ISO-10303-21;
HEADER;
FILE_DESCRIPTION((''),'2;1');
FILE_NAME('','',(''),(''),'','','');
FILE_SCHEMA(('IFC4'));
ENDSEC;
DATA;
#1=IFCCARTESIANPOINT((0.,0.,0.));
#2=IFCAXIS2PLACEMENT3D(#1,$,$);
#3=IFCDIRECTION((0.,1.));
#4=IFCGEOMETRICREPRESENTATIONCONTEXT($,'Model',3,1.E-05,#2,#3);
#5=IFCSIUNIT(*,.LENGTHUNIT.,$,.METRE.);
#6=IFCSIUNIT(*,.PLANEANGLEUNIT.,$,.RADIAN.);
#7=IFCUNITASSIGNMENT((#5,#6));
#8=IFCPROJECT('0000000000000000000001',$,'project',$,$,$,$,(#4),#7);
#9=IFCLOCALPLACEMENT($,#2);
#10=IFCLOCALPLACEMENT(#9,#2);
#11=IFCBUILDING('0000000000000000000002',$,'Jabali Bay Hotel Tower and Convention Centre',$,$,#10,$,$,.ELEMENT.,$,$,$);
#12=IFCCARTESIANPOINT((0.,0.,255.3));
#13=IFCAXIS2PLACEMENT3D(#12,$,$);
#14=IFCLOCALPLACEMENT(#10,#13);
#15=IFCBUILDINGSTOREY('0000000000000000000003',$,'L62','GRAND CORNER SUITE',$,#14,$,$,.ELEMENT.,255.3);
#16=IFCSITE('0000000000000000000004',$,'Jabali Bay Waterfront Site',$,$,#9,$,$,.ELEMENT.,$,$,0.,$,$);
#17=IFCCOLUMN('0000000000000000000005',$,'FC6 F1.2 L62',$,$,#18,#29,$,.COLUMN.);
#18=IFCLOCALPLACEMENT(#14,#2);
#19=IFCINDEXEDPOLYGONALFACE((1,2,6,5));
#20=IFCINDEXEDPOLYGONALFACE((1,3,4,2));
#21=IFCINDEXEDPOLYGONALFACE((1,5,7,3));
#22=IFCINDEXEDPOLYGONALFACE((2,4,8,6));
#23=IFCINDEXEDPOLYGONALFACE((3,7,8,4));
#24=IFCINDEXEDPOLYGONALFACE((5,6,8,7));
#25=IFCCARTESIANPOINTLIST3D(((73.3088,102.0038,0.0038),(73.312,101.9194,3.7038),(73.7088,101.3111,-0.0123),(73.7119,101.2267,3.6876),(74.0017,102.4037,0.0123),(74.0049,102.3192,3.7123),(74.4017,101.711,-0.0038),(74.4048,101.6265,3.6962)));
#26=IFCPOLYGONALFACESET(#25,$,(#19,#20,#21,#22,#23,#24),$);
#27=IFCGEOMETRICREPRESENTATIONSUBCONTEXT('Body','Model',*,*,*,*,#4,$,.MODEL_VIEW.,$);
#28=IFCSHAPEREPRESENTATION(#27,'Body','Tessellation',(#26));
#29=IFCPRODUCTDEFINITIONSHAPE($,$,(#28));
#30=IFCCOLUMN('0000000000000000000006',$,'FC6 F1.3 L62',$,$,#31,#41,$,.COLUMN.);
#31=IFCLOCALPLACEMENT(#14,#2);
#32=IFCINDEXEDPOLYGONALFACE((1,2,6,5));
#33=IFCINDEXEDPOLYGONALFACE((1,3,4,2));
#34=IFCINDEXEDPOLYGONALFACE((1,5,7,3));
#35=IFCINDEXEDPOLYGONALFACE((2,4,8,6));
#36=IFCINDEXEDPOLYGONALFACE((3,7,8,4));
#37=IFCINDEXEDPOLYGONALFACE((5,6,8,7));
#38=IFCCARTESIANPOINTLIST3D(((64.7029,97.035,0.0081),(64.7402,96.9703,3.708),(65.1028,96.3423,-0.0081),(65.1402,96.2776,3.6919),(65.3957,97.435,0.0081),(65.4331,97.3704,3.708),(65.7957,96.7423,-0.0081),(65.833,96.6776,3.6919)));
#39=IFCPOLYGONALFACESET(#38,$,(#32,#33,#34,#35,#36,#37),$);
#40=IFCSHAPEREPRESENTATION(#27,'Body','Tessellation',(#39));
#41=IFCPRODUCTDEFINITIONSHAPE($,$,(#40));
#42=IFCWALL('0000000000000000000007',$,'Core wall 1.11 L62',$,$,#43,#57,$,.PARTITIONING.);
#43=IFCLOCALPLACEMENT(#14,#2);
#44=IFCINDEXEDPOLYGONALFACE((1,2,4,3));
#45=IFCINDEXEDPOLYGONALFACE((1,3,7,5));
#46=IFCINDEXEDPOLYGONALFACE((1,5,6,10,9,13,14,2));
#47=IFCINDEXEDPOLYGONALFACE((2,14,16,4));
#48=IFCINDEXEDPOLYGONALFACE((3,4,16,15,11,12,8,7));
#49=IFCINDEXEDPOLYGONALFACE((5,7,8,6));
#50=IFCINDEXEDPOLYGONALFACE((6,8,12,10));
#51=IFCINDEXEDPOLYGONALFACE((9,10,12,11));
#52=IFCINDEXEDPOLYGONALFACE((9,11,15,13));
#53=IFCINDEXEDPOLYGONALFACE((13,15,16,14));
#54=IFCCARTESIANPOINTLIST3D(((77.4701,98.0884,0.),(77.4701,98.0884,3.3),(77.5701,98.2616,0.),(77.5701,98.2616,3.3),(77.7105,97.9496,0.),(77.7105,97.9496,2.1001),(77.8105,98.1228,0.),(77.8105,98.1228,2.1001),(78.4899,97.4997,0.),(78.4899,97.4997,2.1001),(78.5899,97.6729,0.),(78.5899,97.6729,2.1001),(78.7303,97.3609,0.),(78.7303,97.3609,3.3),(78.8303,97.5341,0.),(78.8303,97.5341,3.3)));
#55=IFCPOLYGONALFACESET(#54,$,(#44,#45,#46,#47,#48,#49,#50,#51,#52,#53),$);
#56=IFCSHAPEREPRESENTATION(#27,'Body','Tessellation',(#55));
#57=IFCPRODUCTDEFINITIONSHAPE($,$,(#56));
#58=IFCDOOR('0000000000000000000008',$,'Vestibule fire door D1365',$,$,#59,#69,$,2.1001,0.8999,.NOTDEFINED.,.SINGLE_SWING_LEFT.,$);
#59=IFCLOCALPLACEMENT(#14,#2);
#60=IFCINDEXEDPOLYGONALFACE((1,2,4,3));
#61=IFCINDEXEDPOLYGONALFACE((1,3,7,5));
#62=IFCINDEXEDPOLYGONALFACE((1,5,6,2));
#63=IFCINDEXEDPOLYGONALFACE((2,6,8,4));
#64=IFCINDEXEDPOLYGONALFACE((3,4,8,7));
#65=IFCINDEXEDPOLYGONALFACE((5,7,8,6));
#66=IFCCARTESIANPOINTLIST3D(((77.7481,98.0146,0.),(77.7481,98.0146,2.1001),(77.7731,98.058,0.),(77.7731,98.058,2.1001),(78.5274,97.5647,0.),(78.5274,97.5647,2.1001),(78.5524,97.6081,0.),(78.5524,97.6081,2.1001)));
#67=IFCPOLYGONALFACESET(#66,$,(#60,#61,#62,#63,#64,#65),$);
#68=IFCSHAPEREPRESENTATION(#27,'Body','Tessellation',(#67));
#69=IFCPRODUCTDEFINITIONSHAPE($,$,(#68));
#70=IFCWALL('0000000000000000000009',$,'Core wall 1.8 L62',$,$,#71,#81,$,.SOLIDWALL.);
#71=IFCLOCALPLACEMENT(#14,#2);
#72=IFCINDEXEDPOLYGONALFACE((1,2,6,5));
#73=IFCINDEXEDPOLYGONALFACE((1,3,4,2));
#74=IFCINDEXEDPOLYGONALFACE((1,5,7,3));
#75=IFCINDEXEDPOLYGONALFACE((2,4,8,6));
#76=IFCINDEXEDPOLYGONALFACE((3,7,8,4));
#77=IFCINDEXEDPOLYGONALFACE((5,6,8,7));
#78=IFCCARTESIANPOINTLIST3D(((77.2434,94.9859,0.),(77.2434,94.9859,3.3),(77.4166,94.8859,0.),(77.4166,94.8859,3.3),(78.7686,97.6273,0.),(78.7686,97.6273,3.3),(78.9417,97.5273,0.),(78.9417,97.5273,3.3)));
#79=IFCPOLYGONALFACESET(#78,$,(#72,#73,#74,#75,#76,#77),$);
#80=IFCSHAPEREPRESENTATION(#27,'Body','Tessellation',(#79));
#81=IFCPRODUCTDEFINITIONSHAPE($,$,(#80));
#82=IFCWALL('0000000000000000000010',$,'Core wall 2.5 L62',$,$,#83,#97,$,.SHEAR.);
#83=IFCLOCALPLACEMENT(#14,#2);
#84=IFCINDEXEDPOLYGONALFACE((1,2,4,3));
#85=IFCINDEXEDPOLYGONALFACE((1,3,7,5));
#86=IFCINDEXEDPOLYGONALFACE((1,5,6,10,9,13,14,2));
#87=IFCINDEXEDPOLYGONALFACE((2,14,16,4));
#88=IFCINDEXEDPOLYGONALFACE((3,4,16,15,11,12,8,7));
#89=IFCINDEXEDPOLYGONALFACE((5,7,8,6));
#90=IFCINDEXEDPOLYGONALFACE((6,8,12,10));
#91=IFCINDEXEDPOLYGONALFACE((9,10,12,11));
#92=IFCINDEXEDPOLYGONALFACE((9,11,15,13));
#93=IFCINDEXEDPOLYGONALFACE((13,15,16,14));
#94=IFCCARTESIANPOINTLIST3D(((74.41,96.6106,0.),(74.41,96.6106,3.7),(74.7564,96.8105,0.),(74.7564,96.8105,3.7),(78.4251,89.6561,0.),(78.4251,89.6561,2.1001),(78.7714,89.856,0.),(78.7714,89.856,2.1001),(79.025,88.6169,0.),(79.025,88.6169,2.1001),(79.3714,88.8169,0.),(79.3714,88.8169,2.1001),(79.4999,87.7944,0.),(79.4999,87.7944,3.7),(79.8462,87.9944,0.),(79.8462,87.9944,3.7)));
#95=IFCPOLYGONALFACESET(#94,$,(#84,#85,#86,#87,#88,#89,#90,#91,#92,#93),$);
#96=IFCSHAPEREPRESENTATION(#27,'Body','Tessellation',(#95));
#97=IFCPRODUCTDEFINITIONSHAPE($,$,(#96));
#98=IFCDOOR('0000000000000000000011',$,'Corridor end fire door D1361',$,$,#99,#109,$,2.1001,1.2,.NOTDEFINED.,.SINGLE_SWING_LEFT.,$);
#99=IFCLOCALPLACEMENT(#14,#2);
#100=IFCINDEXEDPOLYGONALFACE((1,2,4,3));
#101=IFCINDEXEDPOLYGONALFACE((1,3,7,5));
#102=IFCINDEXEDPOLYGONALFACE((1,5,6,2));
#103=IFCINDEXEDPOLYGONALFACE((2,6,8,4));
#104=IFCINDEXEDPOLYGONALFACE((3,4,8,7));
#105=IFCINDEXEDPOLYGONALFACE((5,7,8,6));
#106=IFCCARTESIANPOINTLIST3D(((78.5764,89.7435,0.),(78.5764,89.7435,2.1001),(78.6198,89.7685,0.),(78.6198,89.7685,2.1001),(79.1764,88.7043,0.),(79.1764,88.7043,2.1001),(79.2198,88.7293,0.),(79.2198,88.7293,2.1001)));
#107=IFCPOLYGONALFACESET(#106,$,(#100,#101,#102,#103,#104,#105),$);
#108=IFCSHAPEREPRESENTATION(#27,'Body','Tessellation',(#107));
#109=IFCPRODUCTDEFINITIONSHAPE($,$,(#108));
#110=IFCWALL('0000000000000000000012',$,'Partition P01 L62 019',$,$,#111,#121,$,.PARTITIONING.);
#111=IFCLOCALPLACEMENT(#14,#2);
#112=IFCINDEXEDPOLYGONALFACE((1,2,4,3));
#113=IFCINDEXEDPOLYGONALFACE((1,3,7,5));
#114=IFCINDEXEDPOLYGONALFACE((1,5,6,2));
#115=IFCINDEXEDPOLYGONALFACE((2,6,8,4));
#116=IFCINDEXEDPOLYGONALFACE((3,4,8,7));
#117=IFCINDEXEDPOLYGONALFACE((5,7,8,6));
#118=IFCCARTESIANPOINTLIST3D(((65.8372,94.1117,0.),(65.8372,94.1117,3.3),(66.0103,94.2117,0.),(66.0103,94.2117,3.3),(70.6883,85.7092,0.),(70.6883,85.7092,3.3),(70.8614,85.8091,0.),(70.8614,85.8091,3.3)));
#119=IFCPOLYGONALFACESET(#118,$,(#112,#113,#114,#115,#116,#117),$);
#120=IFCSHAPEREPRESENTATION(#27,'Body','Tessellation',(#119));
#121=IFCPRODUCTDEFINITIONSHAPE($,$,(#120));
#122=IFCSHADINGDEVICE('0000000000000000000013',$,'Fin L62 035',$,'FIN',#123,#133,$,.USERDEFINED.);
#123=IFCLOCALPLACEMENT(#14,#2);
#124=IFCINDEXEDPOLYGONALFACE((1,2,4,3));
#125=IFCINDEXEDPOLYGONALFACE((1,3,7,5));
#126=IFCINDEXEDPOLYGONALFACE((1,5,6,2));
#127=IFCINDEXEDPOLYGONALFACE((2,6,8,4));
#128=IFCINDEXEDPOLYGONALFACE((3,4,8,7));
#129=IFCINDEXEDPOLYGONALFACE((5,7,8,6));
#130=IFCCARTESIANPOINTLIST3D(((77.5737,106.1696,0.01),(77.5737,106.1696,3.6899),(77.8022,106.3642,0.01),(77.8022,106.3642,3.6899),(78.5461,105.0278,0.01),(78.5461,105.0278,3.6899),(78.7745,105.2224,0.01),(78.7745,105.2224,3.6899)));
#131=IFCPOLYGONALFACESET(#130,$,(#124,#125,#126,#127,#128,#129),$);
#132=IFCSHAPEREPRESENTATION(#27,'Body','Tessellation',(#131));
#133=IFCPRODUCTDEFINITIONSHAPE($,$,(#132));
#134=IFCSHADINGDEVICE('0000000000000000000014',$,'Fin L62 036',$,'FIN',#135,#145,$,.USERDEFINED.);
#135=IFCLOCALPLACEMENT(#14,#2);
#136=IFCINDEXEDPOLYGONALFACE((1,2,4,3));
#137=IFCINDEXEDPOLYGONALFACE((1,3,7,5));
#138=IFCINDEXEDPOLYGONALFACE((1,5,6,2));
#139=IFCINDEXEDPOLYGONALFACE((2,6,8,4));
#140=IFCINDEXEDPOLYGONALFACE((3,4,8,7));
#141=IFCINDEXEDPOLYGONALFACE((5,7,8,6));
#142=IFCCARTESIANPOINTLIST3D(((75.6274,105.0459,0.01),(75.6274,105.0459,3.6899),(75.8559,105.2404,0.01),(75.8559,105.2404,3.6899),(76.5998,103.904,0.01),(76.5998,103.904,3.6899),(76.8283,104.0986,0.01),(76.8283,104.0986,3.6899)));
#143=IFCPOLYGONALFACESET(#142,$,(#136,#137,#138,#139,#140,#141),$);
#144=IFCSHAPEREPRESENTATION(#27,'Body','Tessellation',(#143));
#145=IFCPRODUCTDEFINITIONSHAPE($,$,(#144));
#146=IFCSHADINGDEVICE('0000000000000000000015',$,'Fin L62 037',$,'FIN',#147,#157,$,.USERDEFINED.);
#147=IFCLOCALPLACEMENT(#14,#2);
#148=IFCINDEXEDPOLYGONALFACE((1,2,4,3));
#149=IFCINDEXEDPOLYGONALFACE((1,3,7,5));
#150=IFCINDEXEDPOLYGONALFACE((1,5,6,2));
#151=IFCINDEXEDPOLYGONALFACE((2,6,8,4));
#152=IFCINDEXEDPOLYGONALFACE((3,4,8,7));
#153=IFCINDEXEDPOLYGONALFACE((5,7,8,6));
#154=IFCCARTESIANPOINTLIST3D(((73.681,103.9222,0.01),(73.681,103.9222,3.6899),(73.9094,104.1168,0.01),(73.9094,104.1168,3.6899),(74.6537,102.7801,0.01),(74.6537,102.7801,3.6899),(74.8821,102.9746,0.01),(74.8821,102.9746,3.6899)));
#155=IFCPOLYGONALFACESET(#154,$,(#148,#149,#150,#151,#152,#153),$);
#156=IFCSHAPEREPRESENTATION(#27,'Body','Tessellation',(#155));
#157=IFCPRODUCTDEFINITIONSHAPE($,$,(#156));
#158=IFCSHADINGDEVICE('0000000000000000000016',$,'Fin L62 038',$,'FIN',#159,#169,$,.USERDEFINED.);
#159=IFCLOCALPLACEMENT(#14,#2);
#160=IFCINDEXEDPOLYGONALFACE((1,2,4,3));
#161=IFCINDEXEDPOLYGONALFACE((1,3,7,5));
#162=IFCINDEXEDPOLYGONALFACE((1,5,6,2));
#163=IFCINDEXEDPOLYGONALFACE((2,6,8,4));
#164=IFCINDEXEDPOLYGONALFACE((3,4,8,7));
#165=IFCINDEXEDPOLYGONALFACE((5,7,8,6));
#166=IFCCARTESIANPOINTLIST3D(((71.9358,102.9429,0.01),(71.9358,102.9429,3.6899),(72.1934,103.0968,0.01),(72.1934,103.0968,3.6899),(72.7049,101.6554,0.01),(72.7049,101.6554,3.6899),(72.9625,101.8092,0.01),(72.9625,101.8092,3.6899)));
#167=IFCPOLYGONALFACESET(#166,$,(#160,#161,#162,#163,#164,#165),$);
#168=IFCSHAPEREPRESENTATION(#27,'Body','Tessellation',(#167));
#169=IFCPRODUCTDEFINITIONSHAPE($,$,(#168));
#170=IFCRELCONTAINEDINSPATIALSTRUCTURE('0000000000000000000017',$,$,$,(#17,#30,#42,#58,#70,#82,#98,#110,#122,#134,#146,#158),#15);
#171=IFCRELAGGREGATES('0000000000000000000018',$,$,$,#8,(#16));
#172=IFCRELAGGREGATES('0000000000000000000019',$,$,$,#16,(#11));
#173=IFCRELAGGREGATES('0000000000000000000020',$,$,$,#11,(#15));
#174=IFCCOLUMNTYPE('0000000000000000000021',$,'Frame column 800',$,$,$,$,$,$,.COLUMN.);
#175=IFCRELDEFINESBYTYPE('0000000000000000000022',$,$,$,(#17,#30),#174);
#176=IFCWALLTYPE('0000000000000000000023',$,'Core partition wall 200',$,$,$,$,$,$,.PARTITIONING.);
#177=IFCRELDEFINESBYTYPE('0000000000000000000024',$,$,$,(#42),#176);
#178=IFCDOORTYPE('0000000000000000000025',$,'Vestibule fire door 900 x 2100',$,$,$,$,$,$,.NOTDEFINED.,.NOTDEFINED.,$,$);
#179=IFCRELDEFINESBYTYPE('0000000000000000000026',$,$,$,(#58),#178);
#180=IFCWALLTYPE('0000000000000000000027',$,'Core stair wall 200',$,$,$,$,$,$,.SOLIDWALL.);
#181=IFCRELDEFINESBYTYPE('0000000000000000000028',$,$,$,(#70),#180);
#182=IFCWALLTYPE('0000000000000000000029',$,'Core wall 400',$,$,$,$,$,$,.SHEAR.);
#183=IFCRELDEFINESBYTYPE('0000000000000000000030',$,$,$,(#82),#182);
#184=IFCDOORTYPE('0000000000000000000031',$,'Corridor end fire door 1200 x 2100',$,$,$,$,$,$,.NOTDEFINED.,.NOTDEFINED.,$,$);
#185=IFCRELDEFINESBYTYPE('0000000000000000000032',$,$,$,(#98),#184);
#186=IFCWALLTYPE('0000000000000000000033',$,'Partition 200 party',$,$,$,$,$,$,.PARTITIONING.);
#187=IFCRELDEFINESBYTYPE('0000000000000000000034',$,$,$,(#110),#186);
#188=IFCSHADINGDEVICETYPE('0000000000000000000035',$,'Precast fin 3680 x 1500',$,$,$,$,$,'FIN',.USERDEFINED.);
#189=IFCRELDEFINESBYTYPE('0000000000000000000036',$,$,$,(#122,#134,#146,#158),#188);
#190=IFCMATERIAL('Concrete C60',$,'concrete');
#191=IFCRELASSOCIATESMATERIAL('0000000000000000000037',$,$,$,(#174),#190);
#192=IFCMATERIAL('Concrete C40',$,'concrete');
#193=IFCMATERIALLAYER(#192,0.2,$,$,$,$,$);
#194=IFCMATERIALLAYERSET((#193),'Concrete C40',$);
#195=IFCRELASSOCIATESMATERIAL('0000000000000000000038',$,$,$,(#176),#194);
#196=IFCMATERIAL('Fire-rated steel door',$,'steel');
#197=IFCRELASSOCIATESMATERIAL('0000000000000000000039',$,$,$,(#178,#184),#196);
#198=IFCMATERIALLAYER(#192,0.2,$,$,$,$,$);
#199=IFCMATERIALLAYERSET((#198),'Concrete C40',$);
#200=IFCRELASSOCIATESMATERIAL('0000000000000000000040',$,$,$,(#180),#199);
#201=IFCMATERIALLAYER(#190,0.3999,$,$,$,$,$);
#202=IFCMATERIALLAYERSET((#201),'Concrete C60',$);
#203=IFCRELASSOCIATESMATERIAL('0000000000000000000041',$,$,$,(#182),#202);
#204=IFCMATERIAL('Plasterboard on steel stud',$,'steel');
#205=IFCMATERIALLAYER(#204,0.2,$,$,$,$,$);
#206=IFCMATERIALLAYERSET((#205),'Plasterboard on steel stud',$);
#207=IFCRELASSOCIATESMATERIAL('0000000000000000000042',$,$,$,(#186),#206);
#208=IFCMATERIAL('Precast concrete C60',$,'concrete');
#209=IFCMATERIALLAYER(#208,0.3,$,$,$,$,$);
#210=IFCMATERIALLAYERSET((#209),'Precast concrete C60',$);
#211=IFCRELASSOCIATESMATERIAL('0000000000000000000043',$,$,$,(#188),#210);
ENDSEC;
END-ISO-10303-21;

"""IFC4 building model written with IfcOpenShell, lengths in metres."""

from ifc_helpers import new_model, si_unit, direction, frame, frame_2d, origin, origin_2d, place, context, subcontext, project, spatial, rectangle, extrude, material, layer, layer_set, material_profile, profile_set, type_object, element, fill, save


model = new_model("IFC4")

# Units and contexts
model_context = context("Model", 3, precision=1e-05, world=origin(), true_north=direction((0.0, 1.0)))
body_context = subcontext(model_context, "Body", "Model", "MODEL_VIEW")
ifc_project = project(units=[si_unit("LENGTHUNIT", "METRE"), si_unit("PLANEANGLEUNIT", "RADIAN")], contexts=[model_context])

# Site, building, storey
site_placement = place(None, origin())
site = spatial("IfcSite", under=ifc_project, at=site_placement, Name="Jabali Bay Waterfront Site", CompositionType="ELEMENT", RefElevation=0.0)
building_placement = place(site_placement, origin())
building = spatial("IfcBuilding", under=site, at=building_placement, Name="Jabali Bay Hotel Tower and Convention Centre", CompositionType="ELEMENT")
storey_placement = place(building_placement, frame((0.0, 0.0, 255.3)))
storey = spatial("IfcBuildingStorey", under=building, at=storey_placement, Name="L62", Description="GRAND CORNER SUITE", CompositionType="ELEMENT", Elevation=255.3)

# Columns
ifc_material_1 = material(Name="Concrete C60", Category="concrete")
ifc_material_profile = material_profile(ifc_material_1, rectangle(XDim=0.8, YDim=0.8, at=origin_2d()), Name="Frame column 800")
ifc_profile_set = profile_set([ifc_material_profile], Name="Concrete C60")
column_type = type_object("IfcColumnType", Name="Frame column 800", PredefinedType="COLUMN", material=ifc_profile_set)
column_1_placement = place(storey_placement, frame((73.8552, 101.8574, 0.0), z_axis=(0.000858, -0.022825, 0.999739), x_axis=(0.86606, 0.499826, 0.010668)))
element("IfcColumn", 1, at=column_1_placement, inside=storey, type_object=column_type, Name="FC6 F1.2 L62", PredefinedType="COLUMN", context=body_context, shape_type="SweptSolid", body=[
    extrude(rectangle(XDim=0.8, YDim=0.8, at=origin_2d()), origin(), (0.0, 0.0, 1.0), 3.7009),
])
column_2_placement = place(storey_placement, frame((65.2493, 96.8887, 0.0), z_axis=(0.010094, -0.017482, 0.999796), x_axis=(0.866017, 0.500015, 0.0)))
element("IfcColumn", 2, at=column_2_placement, inside=storey, type_object=column_type, Name="FC6 F1.3 L62", PredefinedType="COLUMN", context=body_context, shape_type="SweptSolid", body=[
    extrude(rectangle(XDim=0.8, YDim=0.8, at=origin_2d()), origin(), (0.0, 0.0, 1.0), 3.7007),
])

# Wall, opening, door
ifc_material_2 = material(Name="Concrete C40", Category="concrete")
ifc_layer_1 = layer(ifc_material_2, 0.2)
ifc_layer_set_1 = layer_set([ifc_layer_1], Name="Concrete C40")
wall_type_1 = type_object("IfcWallType", Name="Core partition wall 200", PredefinedType="PARTITIONING", material=ifc_layer_set_1)
wall_1_placement = place(storey_placement, frame((78.7803, 97.4475, 0.0), z_axis=(0.0, 0.0, 1.0), x_axis=(-0.866046, 0.499965, 0.0)))
wall_1 = element("IfcWall", 3, at=wall_1_placement, inside=storey, type_object=wall_type_1, Name="Core wall 1.11 L62", PredefinedType="PARTITIONING", context=body_context, shape_type="SweptSolid", body=[
    extrude(rectangle(XDim=1.4551, YDim=0.2, at=frame_2d((0.7275, 0.0))), origin(), (0.0, 0.0, 1.0), 3.3),
])
opening_1_placement = place(wall_1_placement, frame((0.2776, 0.0, 0.0)))
opening_1 = element("IfcOpeningElement", 4, at=opening_1_placement, cuts=wall_1, PredefinedType="OPENING", context=body_context, shape_type="SweptSolid", body=[
    extrude(rectangle(XDim=0.8999, YDim=2.1001, at=frame_2d((0.45, 1.05))), frame((0.0, 0.1104, 0.0), z_axis=(0.0, -1.0, 0.0), x_axis=(1.0, 0.0, 0.0)), (0.0, 0.0, 1.0), 0.2209),
])
ifc_material_3 = material(Name="Fire-rated steel door", Category="steel")
door_type_1 = type_object("IfcDoorType", Name="Vestibule fire door 900 x 2100", OperationType="NOTDEFINED", PredefinedType="NOTDEFINED", material=ifc_material_3)
door_1_placement = place(opening_1_placement, origin())
door_1 = element("IfcDoor", 5, at=door_1_placement, inside=storey, type_object=door_type_1, Name="Vestibule fire door D1365", OperationType="SINGLE_SWING_LEFT", OverallHeight=2.1001, OverallWidth=0.8999, PredefinedType="NOTDEFINED", context=body_context, shape_type="SweptSolid", body=[
    extrude(rectangle(XDim=0.8999, YDim=2.1001, at=frame_2d((0.45, 1.05))), frame((0.0, 0.0249, 0.0), z_axis=(0.0, -1.0, 0.0), x_axis=(1.0, 0.0, 0.0)), (0.0, 0.0, 1.0), 0.05),
])
fill(opening_1, door_1)

# Wall
ifc_layer_2 = layer(ifc_material_2, 0.2)
ifc_layer_set_2 = layer_set([ifc_layer_2], Name="Concrete C40")
wall_type_2 = type_object("IfcWallType", Name="Core stair wall 200", PredefinedType="SOLIDWALL", material=ifc_layer_set_2)
wall_2_placement = place(storey_placement, frame((77.3301, 94.936, 0.0), z_axis=(0.0, 0.0, 1.0), x_axis=(0.500039, 0.866003, 0.0)))
element("IfcWall", 6, at=wall_2_placement, inside=storey, type_object=wall_type_2, Name="Core wall 1.8 L62", PredefinedType="SOLIDWALL", context=body_context, shape_type="SweptSolid", body=[
    extrude(rectangle(XDim=3.05, YDim=0.2, at=frame_2d((1.5249, 0.0))), origin(), (0.0, 0.0, 1.0), 3.3),
])

# Wall, opening, door
ifc_layer_3 = layer(ifc_material_1, 0.3999)
ifc_layer_set_3 = layer_set([ifc_layer_3], Name="Concrete C60")
wall_type_3 = type_object("IfcWallType", Name="Core wall 400", PredefinedType="SHEAR", material=ifc_layer_set_3)
wall_3_placement = place(storey_placement, frame((74.5833, 96.7104, 0.0), z_axis=(0.0, 0.0, 1.0), x_axis=(0.499987, -0.866033, 0.0)))
wall_3 = element("IfcWall", 7, at=wall_3_placement, inside=storey, type_object=wall_type_3, Name="Core wall 2.5 L62", PredefinedType="SHEAR", context=body_context, shape_type="SweptSolid", body=[
    extrude(rectangle(XDim=10.1799, YDim=0.3999, at=frame_2d((5.0898, 0.0))), origin(), (0.0, 0.0, 1.0), 3.7),
])
opening_2_placement = place(wall_3_placement, frame((8.03, 0.0, 0.0)))
opening_2 = element("IfcOpeningElement", 8, at=opening_2_placement, cuts=wall_3, PredefinedType="OPENING", context=body_context, shape_type="SweptSolid", body=[
    extrude(rectangle(XDim=1.2, YDim=2.1001, at=frame_2d((0.6001, 1.05))), frame((0.0, 0.2104, 0.0), z_axis=(0.0, -1.0, 0.0), x_axis=(1.0, 0.0, 0.0)), (0.0, 0.0, 1.0), 0.4209),
])
door_type_2 = type_object("IfcDoorType", Name="Corridor end fire door 1200 x 2100", OperationType="NOTDEFINED", PredefinedType="NOTDEFINED", material=ifc_material_3)
door_2_placement = place(opening_2_placement, origin())
door_2 = element("IfcDoor", 9, at=door_2_placement, inside=storey, type_object=door_type_2, Name="Corridor end fire door D1361", OperationType="SINGLE_SWING_LEFT", OverallHeight=2.1001, OverallWidth=1.2, PredefinedType="NOTDEFINED", context=body_context, shape_type="SweptSolid", body=[
    extrude(rectangle(XDim=1.2, YDim=2.1001, at=frame_2d((0.6001, 1.05))), frame((0.0, 0.0249, 0.0), z_axis=(0.0, -1.0, 0.0), x_axis=(1.0, 0.0, 0.0)), (0.0, 0.0, 1.0), 0.05),
])
fill(opening_2, door_2)

# Wall
ifc_material_4 = material(Name="Plasterboard on steel stud", Category="steel")
ifc_layer_4 = layer(ifc_material_4, 0.2)
ifc_layer_set_4 = layer_set([ifc_layer_4], Name="Plasterboard on steel stud")
wall_type_4 = type_object("IfcWallType", Name="Partition 200 party", PredefinedType="PARTITIONING", material=ifc_layer_set_4)
wall_4_placement = place(storey_placement, frame((65.9238, 94.1616, 0.0), z_axis=(0.0, 0.0, 1.0), x_axis=(0.499987, -0.866033, 0.0)))
element("IfcWall", 10, at=wall_4_placement, inside=storey, type_object=wall_type_4, Name="Partition P01 L62 019", PredefinedType="PARTITIONING", context=body_context, shape_type="SweptSolid", body=[
    extrude(rectangle(XDim=9.7024, YDim=0.2, at=frame_2d((4.8511, 0.0))), origin(), (0.0, 0.0, 1.0), 3.3),
])

# Shading devices
ifc_material_5 = material(Name="Precast concrete C60", Category="concrete")
ifc_layer_5 = layer(ifc_material_5, 0.3)
ifc_layer_set_5 = layer_set([ifc_layer_5], Name="Precast concrete C60")
shading_device_type = type_object("IfcShadingDeviceType", Name="Precast fin 3680 x 1500", ElementType="FIN", PredefinedType="USERDEFINED", material=ifc_layer_set_5)
for number, where, z_axis, x_axis, name in (
    (11, (78.6604, 105.125, 0.01), (0.0, 0.0, 1.0), (-0.648362, 0.761333, 0.0), "Fin L62 035"),
    (12, (76.7141, 104.0012, 0.01), (0.0, 0.0, 1.0), (-0.648362, 0.761333, 0.0), "Fin L62 036"),
):
    element("IfcShadingDevice", number, at=place(storey_placement, frame(where, z_axis=z_axis, x_axis=x_axis)), inside=storey, type_object=shading_device_type, Name=name, ObjectType="FIN", PredefinedType="USERDEFINED", context=body_context, shape_type="SweptSolid", body=[
        extrude(rectangle(XDim=1.4998, YDim=0.3, at=frame_2d((0.75, 0.0))), origin(), (0.0, 0.0, 1.0), 3.6799),
    ])
shading_device_1_placement = place(storey_placement, frame((74.7678, 102.8774, 0.01), z_axis=(0.0, 0.0, 1.0), x_axis=(-0.648376, 0.761321, 0.0)))
element("IfcShadingDevice", 13, at=shading_device_1_placement, inside=storey, type_object=shading_device_type, Name="Fin L62 037", ObjectType="FIN", PredefinedType="USERDEFINED", context=body_context, shape_type="SweptSolid", body=[
    extrude(rectangle(XDim=1.5002, YDim=0.3, at=frame_2d((0.75, 0.0))), origin(), (0.0, 0.0, 1.0), 3.6799),
])
shading_device_2_placement = place(storey_placement, frame((72.8337, 101.7322, 0.01), z_axis=(0.0, 0.0, 1.0), x_axis=(-0.512771, 0.858525, 0.0)))
element("IfcShadingDevice", 14, at=shading_device_2_placement, inside=storey, type_object=shading_device_type, Name="Fin L62 038", ObjectType="FIN", PredefinedType="USERDEFINED", context=body_context, shape_type="SweptSolid", body=[
    extrude(rectangle(XDim=1.4998, YDim=0.3, at=frame_2d((0.75, 0.0))), origin(), (0.0, 0.0, 1.0), 3.6799),
])

save(model, "model.ifc")
